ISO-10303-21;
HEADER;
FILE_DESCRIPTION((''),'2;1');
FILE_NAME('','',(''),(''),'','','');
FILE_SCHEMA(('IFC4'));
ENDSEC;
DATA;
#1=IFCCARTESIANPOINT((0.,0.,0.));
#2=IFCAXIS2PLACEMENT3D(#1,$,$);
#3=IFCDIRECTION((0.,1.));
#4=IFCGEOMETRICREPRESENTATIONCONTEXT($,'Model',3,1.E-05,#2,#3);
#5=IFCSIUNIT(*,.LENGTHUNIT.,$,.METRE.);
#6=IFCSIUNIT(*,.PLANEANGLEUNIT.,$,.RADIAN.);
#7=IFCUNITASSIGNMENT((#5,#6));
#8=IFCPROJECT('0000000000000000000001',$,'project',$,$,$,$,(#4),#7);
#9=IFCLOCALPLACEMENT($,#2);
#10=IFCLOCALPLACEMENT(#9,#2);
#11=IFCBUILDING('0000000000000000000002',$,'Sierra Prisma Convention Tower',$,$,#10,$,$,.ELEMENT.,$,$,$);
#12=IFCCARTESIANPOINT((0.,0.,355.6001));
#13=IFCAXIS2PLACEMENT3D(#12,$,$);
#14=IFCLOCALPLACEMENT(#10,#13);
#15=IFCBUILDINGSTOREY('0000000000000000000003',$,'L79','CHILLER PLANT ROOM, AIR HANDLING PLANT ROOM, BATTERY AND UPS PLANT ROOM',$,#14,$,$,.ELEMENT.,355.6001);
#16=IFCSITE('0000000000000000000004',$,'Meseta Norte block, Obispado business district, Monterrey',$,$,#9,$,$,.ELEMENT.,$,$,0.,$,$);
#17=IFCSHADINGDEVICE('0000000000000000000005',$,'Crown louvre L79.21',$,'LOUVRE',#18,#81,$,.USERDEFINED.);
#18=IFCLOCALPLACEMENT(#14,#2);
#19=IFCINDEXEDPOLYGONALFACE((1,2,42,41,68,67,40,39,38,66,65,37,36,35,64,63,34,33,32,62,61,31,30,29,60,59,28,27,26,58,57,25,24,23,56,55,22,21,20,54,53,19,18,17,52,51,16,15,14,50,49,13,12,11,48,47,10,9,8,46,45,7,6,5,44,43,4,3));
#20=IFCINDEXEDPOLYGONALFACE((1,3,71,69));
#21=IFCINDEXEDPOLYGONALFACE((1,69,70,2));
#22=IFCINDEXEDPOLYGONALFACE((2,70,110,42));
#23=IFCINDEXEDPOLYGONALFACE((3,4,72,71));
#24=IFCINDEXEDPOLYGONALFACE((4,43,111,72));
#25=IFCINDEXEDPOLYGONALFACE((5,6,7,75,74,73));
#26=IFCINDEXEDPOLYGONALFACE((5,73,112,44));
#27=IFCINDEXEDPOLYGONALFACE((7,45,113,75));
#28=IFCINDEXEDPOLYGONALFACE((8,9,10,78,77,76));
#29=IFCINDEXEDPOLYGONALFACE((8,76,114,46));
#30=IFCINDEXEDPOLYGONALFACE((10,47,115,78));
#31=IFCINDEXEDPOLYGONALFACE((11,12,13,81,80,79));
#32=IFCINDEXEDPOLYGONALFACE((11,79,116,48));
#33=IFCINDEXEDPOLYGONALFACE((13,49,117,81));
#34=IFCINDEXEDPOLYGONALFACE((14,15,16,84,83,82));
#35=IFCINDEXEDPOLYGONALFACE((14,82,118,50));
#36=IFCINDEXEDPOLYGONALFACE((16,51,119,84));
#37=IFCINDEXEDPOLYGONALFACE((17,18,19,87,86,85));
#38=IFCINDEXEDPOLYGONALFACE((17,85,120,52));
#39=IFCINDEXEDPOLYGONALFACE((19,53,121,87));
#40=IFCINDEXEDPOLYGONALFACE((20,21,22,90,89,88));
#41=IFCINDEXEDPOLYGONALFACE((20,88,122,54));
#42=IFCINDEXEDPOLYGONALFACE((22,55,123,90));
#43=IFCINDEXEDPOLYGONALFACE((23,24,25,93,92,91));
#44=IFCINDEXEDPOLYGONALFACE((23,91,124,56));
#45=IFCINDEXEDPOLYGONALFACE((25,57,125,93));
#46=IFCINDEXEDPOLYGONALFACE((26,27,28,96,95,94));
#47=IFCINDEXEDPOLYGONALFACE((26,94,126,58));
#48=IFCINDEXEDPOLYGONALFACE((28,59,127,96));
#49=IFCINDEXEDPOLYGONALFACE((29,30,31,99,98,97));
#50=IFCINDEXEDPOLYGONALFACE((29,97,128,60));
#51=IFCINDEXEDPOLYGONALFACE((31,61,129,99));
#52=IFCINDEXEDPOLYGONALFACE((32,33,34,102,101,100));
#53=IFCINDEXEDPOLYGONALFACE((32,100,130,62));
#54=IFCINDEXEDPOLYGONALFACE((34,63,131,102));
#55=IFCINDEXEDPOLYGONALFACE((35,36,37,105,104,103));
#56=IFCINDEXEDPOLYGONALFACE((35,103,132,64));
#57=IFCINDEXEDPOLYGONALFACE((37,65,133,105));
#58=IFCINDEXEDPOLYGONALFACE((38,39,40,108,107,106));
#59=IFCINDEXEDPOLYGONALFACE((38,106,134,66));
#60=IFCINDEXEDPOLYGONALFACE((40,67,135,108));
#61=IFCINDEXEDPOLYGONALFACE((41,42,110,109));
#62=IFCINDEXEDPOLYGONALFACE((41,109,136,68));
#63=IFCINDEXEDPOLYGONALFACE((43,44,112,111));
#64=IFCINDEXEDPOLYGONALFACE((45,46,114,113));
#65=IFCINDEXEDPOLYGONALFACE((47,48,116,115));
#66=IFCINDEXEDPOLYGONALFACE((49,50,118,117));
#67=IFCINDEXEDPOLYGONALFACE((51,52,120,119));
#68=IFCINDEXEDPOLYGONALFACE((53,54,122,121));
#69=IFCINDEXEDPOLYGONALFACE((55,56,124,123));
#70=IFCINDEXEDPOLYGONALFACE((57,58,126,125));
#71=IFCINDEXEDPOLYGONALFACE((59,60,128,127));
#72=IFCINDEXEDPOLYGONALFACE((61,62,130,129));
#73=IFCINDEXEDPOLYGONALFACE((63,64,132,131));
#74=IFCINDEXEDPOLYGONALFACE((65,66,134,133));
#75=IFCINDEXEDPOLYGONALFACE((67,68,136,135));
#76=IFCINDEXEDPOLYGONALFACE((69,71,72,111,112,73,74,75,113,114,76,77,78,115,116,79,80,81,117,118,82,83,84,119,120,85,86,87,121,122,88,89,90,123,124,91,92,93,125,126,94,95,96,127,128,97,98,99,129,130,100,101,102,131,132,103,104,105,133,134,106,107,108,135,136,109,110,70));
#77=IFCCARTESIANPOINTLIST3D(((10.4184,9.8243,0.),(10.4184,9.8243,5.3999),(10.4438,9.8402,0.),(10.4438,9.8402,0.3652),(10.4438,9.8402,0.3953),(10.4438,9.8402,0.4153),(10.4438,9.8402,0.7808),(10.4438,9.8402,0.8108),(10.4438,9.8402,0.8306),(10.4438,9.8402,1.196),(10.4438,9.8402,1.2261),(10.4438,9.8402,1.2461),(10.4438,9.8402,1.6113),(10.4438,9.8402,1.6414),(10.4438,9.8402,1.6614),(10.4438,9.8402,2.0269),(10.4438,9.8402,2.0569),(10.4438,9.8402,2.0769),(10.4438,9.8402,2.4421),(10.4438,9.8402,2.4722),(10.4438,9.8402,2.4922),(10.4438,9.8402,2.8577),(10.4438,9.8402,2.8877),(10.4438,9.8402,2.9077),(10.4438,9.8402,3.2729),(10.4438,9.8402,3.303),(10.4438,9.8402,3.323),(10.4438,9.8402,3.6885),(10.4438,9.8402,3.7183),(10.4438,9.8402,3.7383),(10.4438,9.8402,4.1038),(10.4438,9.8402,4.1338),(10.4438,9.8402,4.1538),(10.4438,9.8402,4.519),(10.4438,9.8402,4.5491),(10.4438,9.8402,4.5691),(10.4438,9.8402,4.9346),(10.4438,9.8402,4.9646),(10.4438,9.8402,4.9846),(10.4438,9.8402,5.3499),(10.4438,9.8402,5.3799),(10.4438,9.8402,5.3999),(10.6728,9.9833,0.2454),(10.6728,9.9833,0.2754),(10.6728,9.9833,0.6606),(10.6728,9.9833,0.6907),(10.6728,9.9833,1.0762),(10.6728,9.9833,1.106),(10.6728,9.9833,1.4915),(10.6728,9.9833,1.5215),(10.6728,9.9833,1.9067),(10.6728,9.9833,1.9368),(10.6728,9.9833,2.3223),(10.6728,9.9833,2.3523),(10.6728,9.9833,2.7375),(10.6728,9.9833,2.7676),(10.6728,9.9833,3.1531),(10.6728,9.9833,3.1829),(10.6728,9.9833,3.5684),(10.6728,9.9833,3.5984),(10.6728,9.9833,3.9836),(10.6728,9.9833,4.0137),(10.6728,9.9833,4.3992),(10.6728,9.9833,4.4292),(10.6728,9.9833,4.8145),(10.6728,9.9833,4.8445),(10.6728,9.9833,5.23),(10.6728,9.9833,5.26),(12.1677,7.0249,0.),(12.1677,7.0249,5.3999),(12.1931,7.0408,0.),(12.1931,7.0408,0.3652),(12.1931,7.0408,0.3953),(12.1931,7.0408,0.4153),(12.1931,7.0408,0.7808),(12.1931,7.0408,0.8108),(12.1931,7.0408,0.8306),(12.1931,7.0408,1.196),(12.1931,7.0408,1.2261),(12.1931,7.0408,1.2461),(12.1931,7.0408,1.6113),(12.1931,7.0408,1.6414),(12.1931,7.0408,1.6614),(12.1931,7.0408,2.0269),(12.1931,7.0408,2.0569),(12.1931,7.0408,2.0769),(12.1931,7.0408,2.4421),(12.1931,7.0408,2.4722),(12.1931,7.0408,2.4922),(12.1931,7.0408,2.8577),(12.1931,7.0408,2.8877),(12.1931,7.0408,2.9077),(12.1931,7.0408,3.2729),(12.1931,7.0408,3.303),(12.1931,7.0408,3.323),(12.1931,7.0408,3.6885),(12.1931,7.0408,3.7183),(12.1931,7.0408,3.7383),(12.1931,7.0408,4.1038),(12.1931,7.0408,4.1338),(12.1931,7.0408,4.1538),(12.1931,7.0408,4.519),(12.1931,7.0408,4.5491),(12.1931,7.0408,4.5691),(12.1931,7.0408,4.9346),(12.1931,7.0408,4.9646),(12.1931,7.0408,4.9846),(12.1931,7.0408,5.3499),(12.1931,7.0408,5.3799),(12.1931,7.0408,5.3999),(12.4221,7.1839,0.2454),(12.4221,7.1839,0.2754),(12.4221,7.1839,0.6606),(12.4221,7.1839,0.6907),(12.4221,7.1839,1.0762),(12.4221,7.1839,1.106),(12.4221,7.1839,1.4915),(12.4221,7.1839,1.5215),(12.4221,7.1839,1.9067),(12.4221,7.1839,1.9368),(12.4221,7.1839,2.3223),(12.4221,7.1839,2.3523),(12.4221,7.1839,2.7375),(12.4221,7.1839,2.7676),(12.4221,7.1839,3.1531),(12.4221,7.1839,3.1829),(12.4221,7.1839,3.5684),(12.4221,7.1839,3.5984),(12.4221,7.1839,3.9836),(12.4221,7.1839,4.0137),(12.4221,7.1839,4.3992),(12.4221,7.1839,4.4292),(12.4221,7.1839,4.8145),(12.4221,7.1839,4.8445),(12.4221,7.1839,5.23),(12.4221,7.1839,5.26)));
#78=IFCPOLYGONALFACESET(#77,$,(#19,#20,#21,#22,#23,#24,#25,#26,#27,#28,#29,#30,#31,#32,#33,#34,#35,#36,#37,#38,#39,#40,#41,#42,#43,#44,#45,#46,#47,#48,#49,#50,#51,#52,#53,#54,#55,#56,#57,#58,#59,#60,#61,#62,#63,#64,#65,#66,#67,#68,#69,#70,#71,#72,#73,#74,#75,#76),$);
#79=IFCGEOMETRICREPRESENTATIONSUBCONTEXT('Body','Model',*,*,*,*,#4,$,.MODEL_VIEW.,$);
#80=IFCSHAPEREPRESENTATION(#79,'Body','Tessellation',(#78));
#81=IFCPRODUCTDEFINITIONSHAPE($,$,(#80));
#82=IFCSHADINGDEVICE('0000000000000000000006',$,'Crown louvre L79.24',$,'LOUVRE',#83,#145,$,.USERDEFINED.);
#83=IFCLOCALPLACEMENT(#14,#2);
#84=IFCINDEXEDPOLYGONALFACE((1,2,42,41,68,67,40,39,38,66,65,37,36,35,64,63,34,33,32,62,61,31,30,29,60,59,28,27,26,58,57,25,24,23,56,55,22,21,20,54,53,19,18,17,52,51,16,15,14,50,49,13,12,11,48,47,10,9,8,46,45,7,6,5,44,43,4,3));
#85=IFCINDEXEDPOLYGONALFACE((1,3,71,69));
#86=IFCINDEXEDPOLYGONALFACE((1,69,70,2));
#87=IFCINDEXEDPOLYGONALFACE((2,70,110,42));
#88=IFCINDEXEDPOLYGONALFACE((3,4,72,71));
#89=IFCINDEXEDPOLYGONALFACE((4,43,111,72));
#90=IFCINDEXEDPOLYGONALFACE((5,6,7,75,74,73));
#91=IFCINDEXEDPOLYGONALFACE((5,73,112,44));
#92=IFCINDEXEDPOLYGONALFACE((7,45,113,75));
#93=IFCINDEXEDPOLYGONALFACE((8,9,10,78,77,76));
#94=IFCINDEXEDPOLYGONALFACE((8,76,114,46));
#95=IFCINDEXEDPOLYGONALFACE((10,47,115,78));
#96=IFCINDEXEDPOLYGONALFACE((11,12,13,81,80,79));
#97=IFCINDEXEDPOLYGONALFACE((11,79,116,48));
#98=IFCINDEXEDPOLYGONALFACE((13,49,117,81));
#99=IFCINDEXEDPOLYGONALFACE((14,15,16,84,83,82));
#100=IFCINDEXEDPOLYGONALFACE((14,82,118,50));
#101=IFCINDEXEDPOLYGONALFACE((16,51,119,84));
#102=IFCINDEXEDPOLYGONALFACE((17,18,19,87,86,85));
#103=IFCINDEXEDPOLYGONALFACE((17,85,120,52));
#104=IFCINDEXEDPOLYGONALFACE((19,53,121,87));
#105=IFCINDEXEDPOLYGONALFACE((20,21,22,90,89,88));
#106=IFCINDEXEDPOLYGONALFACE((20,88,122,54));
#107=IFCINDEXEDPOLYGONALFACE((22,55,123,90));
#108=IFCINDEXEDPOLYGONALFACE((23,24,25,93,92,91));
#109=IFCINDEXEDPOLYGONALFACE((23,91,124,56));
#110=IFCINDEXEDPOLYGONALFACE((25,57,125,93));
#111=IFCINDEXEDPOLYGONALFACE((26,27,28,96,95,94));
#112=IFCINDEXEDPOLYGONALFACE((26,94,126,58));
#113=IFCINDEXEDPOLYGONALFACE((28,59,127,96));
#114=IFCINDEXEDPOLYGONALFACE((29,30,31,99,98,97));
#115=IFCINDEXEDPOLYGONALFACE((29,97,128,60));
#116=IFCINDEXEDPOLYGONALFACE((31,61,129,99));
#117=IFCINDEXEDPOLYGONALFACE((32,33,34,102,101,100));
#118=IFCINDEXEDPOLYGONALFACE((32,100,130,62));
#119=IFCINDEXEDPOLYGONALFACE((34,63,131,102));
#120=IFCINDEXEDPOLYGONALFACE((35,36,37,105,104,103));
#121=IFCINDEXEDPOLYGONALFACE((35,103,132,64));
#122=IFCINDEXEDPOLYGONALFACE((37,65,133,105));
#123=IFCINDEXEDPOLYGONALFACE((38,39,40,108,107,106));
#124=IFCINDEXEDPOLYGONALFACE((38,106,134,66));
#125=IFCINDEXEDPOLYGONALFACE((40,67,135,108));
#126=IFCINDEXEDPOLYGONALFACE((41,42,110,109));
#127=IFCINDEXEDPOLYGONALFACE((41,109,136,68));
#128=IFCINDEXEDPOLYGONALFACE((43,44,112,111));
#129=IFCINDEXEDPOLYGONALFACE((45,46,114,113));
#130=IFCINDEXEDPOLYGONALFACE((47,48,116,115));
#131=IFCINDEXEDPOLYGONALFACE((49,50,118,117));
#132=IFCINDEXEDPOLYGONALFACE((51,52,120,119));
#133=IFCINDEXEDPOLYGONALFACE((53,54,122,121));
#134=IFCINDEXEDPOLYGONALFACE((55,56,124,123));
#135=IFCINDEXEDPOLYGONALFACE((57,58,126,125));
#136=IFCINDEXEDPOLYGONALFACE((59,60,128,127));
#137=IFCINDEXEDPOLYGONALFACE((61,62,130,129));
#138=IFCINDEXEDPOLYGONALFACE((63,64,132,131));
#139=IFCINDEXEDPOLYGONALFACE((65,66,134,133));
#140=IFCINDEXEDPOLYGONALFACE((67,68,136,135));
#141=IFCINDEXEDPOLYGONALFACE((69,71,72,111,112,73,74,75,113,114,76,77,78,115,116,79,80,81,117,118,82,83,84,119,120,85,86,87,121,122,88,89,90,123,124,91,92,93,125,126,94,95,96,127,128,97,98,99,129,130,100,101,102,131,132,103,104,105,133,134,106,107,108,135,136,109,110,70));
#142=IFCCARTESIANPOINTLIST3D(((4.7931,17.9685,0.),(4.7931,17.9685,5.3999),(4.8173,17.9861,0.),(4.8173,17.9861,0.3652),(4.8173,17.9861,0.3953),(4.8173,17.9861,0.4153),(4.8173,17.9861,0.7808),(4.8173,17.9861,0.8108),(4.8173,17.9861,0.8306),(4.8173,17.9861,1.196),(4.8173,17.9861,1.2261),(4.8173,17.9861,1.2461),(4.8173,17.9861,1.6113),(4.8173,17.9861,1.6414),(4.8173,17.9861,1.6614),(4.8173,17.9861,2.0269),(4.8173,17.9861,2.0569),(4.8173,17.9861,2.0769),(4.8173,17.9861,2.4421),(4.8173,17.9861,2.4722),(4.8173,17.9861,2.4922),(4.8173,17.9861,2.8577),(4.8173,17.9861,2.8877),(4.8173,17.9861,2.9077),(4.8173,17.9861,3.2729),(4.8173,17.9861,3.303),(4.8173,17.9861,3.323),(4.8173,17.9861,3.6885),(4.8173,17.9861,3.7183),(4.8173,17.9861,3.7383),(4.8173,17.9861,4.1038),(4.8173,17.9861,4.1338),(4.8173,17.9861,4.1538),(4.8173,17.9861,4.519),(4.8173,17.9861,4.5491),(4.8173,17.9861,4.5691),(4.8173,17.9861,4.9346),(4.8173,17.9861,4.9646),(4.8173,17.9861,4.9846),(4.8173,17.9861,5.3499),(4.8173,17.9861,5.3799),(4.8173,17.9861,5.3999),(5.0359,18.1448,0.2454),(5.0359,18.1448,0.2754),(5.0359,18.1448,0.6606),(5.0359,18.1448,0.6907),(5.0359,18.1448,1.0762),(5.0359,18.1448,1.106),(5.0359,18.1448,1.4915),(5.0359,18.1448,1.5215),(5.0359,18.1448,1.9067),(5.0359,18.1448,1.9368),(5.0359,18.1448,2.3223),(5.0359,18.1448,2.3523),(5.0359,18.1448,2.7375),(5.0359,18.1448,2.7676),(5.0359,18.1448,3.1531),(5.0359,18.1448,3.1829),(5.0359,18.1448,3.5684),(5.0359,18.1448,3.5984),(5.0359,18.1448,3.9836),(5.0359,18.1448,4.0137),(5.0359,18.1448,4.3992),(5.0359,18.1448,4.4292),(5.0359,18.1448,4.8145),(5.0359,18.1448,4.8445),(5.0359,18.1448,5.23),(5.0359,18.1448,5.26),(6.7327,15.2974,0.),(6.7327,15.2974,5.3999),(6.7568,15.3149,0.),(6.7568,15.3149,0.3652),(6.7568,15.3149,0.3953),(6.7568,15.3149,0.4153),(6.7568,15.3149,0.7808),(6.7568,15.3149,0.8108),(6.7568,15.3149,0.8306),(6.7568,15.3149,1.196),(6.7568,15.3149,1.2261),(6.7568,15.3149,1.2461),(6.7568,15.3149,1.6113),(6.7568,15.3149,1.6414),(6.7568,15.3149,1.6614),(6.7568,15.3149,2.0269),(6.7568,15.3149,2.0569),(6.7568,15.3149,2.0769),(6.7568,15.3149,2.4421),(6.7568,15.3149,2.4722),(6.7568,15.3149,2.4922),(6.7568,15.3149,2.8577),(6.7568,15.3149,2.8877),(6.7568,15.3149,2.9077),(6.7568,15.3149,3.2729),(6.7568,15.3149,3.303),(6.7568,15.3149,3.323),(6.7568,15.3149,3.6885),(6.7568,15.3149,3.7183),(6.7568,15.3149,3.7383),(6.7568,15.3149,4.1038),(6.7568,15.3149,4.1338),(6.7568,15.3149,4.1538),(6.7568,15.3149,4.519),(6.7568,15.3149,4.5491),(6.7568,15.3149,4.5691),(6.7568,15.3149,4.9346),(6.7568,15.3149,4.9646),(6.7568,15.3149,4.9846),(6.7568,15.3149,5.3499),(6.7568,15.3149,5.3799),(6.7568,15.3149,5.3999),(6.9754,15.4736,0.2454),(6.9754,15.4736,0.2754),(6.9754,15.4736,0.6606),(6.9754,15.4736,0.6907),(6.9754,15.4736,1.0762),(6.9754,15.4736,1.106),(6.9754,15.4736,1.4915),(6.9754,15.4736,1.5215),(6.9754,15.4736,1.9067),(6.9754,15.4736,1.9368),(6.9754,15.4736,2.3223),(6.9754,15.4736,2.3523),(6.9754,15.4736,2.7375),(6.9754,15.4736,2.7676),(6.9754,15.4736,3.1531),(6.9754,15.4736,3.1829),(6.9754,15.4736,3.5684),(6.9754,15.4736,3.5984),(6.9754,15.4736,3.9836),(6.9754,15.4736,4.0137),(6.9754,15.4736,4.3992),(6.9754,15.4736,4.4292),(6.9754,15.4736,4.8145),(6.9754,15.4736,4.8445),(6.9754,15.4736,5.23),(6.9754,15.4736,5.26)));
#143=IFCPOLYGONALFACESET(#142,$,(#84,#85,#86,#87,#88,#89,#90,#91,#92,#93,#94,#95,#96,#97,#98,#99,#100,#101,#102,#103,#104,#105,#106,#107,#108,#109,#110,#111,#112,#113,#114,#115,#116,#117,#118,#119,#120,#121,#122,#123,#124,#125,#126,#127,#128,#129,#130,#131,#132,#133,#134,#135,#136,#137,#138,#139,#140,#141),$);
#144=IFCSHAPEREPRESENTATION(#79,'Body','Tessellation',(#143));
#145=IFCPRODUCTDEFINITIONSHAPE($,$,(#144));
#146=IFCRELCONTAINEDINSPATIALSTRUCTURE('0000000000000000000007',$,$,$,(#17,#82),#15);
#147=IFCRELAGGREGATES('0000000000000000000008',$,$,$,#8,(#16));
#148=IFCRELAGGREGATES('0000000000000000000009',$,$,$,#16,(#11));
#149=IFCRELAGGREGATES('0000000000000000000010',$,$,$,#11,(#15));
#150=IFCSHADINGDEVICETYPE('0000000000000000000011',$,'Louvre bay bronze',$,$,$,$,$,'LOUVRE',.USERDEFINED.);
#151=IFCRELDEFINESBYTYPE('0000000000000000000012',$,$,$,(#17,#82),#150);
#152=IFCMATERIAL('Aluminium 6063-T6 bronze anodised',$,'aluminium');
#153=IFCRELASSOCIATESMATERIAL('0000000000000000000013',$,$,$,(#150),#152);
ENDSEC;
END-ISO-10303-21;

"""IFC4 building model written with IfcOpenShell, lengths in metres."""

from ifc_helpers import new_model, si_unit, direction, frame, origin, place, context, subcontext, project, spatial, polyline, outline, extrude, material, type_object, element, save


model = new_model("IFC4")

# Units and contexts
model_context = context("Model", 3, precision=1e-05, world=origin(), true_north=direction((0.0, 1.0)))
body_context = subcontext(model_context, "Body", "Model", "MODEL_VIEW")
ifc_project = project(units=[si_unit("LENGTHUNIT", "METRE"), si_unit("PLANEANGLEUNIT", "RADIAN")], contexts=[model_context])

# Site, building, storey
site_placement = place(None, origin())
site = spatial("IfcSite", under=ifc_project, at=site_placement, Name="Meseta Norte block, Obispado business district, Monterrey", CompositionType="ELEMENT", RefElevation=0.0)
building_placement = place(site_placement, origin())
building = spatial("IfcBuilding", under=site, at=building_placement, Name="Sierra Prisma Convention Tower", CompositionType="ELEMENT")
storey_placement = place(building_placement, frame((0.0, 0.0, 355.6001)))
storey = spatial("IfcBuildingStorey", under=building, at=storey_placement, Name="L79", Description="CHILLER PLANT ROOM, AIR HANDLING PLANT ROOM, BATTERY AND UPS PLANT ROOM", CompositionType="ELEMENT", Elevation=355.6001)

# Shading devices
ifc_material_1 = material(Name="Aluminium 6063-T6 bronze anodised", Category="aluminium")
shading_device_type = type_object("IfcShadingDeviceType", Name="Louvre bay bronze", ElementType="LOUVRE", PredefinedType="USERDEFINED", material=ifc_material_1)
shading_device_1_placement = place(storey_placement, frame((12.1677, 7.0249, 0.0), z_axis=(0.529935, -0.848038, 0.0), x_axis=(0.0, 0.0, 1.0)))
element("IfcShadingDevice", 1, at=shading_device_1_placement, inside=storey, type_object=shading_device_type, Name="Crown louvre L79.21", ObjectType="LOUVRE", PredefinedType="USERDEFINED", context=body_context, shape_type="SweptSolid", body=[
    extrude(outline(polyline([(0.0, 0.0), (5.3999, 0.0), (5.3999, -0.0299), (5.3799, -0.0299), (5.26, -0.3), (5.23, -0.3), (5.3499, -0.0299), (4.9846, -0.0299), (4.9646, -0.0299), (4.8445, -0.3), (4.8145, -0.3), (4.9346, -0.0299), (4.5691, -0.0299), (4.5491, -0.0299), (4.4292, -0.3), (4.3992, -0.3), (4.519, -0.0299), (4.1538, -0.0299), (4.1338, -0.0299), (4.0137, -0.3), (3.9836, -0.3), (4.1038, -0.0299), (3.7383, -0.0299), (3.7183, -0.0299), (3.5984, -0.3), (3.5684, -0.3), (3.6885, -0.0299), (3.323, -0.0299), (3.303, -0.0299), (3.1829, -0.3), (3.1531, -0.3), (3.2729, -0.0299), (2.9077, -0.0299), (2.8877, -0.0299), (2.7676, -0.3), (2.7375, -0.3), (2.8577, -0.0299), (2.4922, -0.0299), (2.4722, -0.0299), (2.3523, -0.3), (2.3223, -0.3), (2.4421, -0.0299), (2.0769, -0.0299), (2.0569, -0.0299), (1.9368, -0.3), (1.9067, -0.3), (2.0269, -0.0299), (1.6614, -0.0299), (1.6414, -0.0299), (1.5215, -0.3), (1.4915, -0.3), (1.6113, -0.0299), (1.2461, -0.0299), (1.2261, -0.0299), (1.106, -0.3), (1.0762, -0.3), (1.196, -0.0299), (0.8306, -0.0299), (0.8108, -0.0299), (0.6907, -0.3), (0.6606, -0.3), (0.7808, -0.0299), (0.4153, -0.0299), (0.3953, -0.0299), (0.2754, -0.3), (0.2454, -0.3), (0.3652, -0.0299), (0.0, -0.0299), (0.0, 0.0)])), origin(), (0.0, 0.0, -1.0), 3.301),
])
shading_device_2_placement = place(storey_placement, frame((6.7327, 15.2974, 0.0), z_axis=(0.587556, -0.809184, 0.0), x_axis=(0.0, 0.0, 1.0)))
element("IfcShadingDevice", 2, at=shading_device_2_placement, inside=storey, type_object=shading_device_type, Name="Crown louvre L79.24", ObjectType="LOUVRE", PredefinedType="USERDEFINED", context=body_context, shape_type="SweptSolid", body=[
    extrude(outline(polyline([(0.0, 0.0), (5.3999, 0.0), (5.3999, -0.0299), (5.3799, -0.0299), (5.26, -0.3), (5.23, -0.3), (5.3499, -0.0299), (4.9846, -0.0299), (4.9646, -0.0299), (4.8445, -0.3), (4.8145, -0.3), (4.9346, -0.0299), (4.5691, -0.0299), (4.5491, -0.0299), (4.4292, -0.3), (4.3992, -0.3), (4.519, -0.0299), (4.1538, -0.0299), (4.1338, -0.0299), (4.0137, -0.3), (3.9836, -0.3), (4.1038, -0.0299), (3.7383, -0.0299), (3.7183, -0.0299), (3.5984, -0.3), (3.5684, -0.3), (3.6885, -0.0299), (3.323, -0.0299), (3.303, -0.0299), (3.1829, -0.3), (3.1531, -0.3), (3.2729, -0.0299), (2.9077, -0.0299), (2.8877, -0.0299), (2.7676, -0.3), (2.7375, -0.3), (2.8577, -0.0299), (2.4922, -0.0299), (2.4722, -0.0299), (2.3523, -0.3), (2.3223, -0.3), (2.4421, -0.0299), (2.0769, -0.0299), (2.0569, -0.0299), (1.9368, -0.3), (1.9067, -0.3), (2.0269, -0.0299), (1.6614, -0.0299), (1.6414, -0.0299), (1.5215, -0.3), (1.4915, -0.3), (1.6113, -0.0299), (1.2461, -0.0299), (1.2261, -0.0299), (1.106, -0.3), (1.0762, -0.3), (1.196, -0.0299), (0.8306, -0.0299), (0.8108, -0.0299), (0.6907, -0.3), (0.6606, -0.3), (0.7808, -0.0299), (0.4153, -0.0299), (0.3953, -0.0299), (0.2754, -0.3), (0.2454, -0.3), (0.3652, -0.0299), (0.0, -0.0299), (0.0, 0.0)])), origin(), (0.0, 0.0, -1.0), 3.301),
])

save(model, "model.ifc")
